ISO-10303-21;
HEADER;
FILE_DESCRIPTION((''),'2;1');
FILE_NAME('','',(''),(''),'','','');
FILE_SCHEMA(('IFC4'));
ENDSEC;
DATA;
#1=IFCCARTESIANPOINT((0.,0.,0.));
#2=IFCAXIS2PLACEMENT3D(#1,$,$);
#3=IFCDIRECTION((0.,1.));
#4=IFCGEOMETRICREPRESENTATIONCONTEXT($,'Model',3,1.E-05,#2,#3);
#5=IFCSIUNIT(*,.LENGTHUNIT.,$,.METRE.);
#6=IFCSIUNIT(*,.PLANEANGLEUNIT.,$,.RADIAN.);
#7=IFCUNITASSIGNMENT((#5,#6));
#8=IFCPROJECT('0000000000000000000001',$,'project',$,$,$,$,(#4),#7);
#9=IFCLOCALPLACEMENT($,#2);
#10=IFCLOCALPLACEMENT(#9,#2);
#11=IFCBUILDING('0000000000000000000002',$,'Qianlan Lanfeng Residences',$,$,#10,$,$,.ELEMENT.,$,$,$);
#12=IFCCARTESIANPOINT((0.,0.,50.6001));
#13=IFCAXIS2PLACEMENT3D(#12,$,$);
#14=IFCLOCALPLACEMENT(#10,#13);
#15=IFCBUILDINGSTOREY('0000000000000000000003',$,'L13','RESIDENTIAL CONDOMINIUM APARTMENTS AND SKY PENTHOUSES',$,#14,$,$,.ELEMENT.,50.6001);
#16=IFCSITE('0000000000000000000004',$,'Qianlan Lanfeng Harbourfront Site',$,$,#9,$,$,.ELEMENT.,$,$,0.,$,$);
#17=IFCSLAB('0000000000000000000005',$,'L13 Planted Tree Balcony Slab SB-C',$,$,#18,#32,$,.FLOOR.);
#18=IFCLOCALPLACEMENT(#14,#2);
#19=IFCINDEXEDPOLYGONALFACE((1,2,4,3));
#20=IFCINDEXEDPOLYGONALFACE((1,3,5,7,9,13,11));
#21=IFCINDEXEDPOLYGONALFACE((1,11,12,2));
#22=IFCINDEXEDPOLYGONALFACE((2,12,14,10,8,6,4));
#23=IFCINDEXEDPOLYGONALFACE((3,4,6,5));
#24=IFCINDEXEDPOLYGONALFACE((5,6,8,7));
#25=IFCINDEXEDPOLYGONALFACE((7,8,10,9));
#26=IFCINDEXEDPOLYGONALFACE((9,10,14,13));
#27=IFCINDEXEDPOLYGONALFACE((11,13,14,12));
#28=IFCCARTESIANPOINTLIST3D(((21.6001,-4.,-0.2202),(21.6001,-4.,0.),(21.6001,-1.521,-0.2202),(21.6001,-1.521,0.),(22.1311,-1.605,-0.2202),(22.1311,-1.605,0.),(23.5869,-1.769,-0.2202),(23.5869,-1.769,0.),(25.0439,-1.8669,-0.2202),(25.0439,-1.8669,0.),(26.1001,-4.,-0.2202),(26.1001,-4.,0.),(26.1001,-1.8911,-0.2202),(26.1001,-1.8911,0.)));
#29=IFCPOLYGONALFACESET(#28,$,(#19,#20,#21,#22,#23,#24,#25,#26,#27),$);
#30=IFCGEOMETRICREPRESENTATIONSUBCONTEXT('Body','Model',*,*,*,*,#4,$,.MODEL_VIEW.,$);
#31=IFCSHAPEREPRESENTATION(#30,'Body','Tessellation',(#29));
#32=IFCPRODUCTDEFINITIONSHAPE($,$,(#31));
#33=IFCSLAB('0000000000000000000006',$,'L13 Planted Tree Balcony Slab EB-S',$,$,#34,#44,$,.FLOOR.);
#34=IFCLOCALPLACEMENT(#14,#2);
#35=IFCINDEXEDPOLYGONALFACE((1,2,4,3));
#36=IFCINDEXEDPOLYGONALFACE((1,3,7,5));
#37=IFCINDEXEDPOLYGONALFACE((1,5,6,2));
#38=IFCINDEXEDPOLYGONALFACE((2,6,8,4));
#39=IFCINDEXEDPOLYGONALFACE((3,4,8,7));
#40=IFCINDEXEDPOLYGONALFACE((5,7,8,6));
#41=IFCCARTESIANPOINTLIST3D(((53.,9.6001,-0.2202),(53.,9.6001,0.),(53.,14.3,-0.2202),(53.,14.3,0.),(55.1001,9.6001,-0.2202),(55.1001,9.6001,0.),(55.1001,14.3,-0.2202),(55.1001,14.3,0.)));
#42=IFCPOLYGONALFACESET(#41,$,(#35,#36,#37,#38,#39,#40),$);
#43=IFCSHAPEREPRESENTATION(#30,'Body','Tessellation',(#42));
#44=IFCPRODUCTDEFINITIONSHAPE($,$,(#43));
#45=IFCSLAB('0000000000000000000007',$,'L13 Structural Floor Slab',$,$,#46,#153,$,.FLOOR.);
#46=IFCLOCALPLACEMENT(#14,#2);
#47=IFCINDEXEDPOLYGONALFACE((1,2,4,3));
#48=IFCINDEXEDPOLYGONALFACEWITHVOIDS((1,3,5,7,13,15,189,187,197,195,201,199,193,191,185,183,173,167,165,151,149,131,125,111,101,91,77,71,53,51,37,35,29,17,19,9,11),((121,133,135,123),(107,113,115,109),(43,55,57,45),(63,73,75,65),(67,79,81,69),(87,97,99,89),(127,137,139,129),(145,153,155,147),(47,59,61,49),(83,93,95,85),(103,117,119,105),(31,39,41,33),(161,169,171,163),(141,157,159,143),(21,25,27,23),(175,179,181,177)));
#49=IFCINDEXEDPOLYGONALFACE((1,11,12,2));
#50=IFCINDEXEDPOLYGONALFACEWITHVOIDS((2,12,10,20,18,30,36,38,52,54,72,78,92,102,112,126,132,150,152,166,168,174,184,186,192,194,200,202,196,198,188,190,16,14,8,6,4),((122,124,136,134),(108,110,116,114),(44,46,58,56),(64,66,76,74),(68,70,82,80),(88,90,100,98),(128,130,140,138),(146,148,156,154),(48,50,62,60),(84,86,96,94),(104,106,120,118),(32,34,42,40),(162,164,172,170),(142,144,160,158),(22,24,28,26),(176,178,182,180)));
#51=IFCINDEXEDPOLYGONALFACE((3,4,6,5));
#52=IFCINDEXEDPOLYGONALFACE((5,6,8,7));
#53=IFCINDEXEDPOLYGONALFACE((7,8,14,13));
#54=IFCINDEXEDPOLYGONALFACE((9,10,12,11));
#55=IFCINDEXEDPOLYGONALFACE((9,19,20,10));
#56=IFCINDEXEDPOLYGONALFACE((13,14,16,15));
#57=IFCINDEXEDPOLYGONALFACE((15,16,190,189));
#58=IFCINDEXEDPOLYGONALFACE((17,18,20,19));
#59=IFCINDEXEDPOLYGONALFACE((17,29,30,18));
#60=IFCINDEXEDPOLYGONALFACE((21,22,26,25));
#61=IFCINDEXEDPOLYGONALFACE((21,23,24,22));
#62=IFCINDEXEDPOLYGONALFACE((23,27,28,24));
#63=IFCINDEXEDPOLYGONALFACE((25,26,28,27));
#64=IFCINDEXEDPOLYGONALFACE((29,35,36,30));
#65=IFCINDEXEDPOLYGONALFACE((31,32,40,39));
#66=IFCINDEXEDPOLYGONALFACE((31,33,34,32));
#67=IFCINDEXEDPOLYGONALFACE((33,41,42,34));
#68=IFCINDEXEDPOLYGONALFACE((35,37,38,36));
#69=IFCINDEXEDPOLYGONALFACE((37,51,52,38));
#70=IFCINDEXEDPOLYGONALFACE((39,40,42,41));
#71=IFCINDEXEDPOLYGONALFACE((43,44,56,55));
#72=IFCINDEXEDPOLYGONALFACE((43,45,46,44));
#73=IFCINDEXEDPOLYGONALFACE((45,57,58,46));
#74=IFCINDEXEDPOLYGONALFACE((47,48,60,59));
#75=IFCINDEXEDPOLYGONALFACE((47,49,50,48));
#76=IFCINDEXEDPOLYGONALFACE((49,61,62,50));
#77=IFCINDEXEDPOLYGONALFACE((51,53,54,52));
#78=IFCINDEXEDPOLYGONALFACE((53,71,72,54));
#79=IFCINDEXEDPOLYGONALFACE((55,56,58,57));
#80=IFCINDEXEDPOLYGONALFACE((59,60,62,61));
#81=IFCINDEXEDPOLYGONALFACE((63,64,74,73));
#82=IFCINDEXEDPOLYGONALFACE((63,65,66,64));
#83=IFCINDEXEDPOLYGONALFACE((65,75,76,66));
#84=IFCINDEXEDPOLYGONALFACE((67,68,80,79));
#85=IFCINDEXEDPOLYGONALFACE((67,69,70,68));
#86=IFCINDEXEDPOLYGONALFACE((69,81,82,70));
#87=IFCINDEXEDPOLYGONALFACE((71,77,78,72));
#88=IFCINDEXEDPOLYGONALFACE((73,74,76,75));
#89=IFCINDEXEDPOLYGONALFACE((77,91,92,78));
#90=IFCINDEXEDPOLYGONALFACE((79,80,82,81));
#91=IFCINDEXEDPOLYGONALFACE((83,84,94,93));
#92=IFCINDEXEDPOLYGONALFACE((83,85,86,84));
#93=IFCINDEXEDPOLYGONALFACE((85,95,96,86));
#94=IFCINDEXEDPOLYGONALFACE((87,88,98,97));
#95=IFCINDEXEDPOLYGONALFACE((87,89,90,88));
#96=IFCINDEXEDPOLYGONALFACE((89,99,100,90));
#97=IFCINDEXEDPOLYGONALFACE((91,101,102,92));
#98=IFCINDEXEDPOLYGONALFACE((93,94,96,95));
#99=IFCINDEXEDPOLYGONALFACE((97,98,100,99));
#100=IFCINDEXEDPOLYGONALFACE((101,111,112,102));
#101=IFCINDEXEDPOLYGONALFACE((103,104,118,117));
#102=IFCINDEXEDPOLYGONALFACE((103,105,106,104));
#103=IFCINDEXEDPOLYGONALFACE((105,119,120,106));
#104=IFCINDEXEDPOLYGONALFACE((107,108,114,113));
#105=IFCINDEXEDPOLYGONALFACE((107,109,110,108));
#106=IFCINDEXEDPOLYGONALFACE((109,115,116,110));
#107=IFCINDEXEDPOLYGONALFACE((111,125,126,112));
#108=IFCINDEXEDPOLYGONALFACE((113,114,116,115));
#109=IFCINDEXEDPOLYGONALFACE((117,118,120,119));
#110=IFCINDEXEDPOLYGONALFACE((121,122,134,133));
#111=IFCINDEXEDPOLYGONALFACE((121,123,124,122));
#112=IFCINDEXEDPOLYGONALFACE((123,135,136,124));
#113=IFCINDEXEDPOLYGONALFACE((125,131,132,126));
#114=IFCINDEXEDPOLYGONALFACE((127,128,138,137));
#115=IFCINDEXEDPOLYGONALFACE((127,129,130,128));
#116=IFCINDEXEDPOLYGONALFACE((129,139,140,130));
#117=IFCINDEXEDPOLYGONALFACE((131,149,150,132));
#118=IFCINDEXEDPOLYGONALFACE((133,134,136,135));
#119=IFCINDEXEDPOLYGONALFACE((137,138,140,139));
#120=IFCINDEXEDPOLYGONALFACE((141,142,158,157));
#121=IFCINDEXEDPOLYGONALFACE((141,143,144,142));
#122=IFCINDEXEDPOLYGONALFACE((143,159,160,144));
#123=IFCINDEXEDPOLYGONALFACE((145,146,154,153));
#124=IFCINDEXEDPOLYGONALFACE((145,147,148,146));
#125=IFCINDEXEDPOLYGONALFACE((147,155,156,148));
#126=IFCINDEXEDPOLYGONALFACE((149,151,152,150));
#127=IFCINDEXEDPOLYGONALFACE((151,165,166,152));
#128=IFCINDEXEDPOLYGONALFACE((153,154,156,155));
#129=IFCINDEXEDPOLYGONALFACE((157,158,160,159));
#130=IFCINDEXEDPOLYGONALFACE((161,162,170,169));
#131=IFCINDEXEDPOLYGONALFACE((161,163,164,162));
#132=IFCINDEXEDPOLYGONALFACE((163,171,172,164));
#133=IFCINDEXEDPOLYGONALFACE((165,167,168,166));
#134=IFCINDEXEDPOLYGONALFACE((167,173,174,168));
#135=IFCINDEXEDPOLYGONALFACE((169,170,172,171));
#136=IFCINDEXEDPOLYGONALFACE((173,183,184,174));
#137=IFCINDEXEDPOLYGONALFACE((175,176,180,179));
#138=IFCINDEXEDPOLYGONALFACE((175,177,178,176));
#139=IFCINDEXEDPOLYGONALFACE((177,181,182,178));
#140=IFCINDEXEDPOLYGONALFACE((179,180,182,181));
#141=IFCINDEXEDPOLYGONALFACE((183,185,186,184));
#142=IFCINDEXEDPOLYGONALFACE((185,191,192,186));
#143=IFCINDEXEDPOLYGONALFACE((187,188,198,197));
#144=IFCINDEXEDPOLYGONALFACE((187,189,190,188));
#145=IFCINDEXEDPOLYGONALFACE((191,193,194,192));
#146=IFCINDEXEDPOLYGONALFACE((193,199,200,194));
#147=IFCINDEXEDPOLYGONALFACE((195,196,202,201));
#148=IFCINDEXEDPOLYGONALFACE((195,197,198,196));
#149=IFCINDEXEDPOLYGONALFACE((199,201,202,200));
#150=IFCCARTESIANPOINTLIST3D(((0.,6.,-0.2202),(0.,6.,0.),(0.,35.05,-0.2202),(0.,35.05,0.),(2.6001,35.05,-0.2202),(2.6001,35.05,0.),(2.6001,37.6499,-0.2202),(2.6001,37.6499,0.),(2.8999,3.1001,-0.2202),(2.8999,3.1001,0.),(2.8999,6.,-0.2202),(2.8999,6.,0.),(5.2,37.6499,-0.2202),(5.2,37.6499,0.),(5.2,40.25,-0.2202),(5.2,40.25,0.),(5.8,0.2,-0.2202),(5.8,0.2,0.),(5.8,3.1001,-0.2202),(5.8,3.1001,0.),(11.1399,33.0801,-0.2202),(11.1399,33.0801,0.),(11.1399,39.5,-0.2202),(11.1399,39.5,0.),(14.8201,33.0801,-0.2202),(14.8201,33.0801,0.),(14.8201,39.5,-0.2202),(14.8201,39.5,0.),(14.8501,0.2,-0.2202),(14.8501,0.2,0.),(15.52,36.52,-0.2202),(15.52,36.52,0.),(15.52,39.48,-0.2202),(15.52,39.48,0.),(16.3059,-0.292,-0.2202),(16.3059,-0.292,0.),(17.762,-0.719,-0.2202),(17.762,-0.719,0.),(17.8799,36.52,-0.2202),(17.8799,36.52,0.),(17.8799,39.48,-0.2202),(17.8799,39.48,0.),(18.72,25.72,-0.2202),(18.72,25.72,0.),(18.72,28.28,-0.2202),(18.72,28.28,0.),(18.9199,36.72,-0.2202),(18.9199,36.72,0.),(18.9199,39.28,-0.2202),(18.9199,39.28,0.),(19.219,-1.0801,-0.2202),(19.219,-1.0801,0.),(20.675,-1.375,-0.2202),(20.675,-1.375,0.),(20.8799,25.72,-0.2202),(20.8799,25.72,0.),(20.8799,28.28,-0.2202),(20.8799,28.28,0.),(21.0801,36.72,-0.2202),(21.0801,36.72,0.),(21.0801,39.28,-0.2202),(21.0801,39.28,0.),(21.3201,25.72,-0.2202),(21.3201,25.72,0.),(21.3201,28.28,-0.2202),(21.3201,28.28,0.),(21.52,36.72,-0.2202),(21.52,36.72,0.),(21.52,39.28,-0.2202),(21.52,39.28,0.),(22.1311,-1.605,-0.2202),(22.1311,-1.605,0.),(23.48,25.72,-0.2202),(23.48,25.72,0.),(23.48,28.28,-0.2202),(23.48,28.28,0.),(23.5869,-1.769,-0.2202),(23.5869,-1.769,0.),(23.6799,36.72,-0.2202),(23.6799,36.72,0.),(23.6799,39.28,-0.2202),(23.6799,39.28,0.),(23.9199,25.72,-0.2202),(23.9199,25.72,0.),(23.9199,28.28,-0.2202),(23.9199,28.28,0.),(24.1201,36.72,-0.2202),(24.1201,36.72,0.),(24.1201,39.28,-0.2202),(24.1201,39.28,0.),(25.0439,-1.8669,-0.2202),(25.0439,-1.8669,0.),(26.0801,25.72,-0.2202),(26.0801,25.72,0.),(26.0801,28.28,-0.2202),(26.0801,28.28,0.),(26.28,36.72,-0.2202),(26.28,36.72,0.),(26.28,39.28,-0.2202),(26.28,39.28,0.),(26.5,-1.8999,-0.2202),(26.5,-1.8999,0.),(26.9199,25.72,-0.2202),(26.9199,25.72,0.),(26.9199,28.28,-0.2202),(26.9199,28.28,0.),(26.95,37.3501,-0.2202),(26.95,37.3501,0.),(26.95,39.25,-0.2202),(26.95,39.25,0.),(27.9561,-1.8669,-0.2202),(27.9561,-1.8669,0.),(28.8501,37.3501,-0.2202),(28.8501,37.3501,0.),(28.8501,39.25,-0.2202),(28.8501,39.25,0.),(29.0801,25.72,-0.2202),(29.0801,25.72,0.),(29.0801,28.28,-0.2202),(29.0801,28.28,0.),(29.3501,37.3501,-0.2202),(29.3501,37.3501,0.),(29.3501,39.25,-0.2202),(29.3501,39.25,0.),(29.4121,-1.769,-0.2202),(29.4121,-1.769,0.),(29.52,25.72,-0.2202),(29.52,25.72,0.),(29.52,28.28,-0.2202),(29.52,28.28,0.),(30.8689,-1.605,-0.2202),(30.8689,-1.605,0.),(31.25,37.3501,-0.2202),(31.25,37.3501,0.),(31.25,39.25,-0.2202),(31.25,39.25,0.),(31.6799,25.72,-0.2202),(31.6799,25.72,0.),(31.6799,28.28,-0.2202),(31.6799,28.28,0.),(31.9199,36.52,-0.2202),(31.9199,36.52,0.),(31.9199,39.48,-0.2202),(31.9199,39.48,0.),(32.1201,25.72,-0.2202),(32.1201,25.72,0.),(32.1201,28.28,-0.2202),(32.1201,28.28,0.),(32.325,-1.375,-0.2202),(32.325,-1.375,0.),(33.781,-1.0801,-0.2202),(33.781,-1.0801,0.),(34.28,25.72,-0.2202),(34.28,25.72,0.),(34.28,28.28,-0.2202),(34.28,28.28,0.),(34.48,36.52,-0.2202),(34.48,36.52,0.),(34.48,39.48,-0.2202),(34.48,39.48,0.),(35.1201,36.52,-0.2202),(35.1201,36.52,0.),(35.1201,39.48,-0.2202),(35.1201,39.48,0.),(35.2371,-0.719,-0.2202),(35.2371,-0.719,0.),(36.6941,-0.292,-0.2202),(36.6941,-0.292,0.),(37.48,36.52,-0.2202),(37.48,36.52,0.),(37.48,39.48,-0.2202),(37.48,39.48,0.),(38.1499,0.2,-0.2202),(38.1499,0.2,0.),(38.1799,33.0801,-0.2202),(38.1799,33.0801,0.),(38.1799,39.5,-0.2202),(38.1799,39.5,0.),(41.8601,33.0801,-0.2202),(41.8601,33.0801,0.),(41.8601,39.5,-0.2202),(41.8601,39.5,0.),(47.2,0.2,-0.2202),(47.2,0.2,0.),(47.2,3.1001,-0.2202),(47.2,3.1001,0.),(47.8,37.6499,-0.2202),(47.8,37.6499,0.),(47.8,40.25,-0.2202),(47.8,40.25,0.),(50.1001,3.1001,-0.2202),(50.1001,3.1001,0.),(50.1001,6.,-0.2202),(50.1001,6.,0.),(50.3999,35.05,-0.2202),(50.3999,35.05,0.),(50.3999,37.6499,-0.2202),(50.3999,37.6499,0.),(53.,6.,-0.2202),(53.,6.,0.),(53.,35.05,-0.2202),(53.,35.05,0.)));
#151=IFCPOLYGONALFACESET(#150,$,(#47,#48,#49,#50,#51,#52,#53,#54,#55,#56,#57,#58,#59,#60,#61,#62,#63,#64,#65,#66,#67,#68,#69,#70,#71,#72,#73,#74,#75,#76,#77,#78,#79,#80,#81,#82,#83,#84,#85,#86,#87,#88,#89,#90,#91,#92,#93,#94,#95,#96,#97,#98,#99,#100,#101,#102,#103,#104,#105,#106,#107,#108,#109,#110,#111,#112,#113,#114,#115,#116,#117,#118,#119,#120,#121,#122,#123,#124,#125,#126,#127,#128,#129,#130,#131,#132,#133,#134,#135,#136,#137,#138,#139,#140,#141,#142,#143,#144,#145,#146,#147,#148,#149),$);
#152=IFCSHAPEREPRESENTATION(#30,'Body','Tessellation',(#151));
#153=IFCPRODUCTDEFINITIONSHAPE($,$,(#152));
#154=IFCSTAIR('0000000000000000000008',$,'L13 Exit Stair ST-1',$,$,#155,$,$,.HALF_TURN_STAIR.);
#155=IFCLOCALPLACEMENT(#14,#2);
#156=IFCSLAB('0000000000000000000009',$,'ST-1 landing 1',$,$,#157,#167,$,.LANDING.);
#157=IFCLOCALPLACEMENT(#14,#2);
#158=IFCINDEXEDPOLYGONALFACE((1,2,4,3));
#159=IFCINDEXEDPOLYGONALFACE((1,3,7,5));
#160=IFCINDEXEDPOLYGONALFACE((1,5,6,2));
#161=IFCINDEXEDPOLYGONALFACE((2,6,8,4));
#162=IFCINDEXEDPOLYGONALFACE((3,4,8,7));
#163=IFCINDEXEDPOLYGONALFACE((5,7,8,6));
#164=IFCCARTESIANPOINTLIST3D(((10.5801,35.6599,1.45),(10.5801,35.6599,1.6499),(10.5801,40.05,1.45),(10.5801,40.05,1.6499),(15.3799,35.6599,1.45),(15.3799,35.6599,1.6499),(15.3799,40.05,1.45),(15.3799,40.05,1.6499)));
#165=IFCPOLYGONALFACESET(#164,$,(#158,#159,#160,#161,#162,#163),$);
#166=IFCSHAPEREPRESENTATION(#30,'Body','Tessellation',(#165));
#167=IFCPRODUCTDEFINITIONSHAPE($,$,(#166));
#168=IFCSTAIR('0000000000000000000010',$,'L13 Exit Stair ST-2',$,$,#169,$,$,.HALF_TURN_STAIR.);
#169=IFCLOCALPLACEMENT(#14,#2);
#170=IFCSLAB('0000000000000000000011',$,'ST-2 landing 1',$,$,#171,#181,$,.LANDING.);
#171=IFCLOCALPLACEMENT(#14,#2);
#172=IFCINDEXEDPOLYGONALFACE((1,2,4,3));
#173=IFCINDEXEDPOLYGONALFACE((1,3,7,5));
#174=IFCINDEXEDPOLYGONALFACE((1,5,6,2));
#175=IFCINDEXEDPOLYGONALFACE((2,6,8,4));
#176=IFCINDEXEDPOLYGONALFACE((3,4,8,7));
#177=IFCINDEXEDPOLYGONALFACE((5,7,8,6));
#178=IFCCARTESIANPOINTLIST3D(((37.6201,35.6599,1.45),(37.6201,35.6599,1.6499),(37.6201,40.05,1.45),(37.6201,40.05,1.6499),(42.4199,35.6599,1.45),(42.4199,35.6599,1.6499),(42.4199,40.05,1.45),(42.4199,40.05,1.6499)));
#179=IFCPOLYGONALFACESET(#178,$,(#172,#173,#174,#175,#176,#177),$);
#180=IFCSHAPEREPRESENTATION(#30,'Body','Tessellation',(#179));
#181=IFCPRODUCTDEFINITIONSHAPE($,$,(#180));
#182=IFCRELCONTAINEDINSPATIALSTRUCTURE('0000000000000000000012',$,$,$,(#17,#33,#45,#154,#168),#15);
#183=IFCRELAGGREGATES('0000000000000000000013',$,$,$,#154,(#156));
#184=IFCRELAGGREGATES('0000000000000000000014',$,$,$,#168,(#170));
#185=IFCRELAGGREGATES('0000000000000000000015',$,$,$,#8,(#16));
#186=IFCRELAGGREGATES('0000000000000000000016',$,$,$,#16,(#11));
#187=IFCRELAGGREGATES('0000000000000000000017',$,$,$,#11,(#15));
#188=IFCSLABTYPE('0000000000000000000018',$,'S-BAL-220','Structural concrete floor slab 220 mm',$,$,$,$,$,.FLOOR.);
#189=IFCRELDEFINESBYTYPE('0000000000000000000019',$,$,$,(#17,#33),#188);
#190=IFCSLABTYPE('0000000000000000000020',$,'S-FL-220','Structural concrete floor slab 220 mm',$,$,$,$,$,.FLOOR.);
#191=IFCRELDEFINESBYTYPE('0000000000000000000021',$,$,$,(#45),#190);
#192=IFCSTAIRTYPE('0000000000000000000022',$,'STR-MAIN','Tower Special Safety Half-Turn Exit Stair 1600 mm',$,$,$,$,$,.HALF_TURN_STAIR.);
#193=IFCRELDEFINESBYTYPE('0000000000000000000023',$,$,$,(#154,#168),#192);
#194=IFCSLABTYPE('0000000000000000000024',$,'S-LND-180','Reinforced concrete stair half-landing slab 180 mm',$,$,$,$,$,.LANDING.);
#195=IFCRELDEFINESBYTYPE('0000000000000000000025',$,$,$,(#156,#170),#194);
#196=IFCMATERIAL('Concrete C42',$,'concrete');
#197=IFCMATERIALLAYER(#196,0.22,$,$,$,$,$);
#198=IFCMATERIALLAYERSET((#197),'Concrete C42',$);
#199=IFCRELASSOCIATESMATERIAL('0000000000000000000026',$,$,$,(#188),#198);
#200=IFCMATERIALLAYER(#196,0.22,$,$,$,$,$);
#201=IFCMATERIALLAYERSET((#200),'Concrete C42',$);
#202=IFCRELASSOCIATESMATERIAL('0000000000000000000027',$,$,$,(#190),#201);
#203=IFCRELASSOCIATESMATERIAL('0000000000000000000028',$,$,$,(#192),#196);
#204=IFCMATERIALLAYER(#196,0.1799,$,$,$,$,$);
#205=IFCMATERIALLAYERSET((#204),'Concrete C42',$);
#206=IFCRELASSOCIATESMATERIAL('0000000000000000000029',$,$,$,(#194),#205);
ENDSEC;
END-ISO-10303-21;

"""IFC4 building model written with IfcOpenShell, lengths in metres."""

from ifc_helpers import new_model, si_unit, direction, frame, origin, place, context, subcontext, project, spatial, polyline, outline, extrude, material, layer, layer_set, type_object, element, aggregate, save


model = new_model("IFC4")

# Units and contexts
model_context = context("Model", 3, precision=1e-05, world=origin(), true_north=direction((0.0, 1.0)))
body_context = subcontext(model_context, "Body", "Model", "MODEL_VIEW")
ifc_project = project(units=[si_unit("LENGTHUNIT", "METRE"), si_unit("PLANEANGLEUNIT", "RADIAN")], contexts=[model_context])

# Site, building, storey
site_placement = place(None, origin())
site = spatial("IfcSite", under=ifc_project, at=site_placement, Name="Qianlan Lanfeng Harbourfront Site", CompositionType="ELEMENT", RefElevation=0.0)
building_placement = place(site_placement, origin())
building = spatial("IfcBuilding", under=site, at=building_placement, Name="Qianlan Lanfeng Residences", CompositionType="ELEMENT")
storey_placement = place(building_placement, frame((0.0, 0.0, 50.6001)))
storey = spatial("IfcBuildingStorey", under=building, at=storey_placement, Name="L13", Description="RESIDENTIAL CONDOMINIUM APARTMENTS AND SKY PENTHOUSES", CompositionType="ELEMENT", Elevation=50.6001)

# Slabs
ifc_material_1 = material(Name="Concrete C42", Category="concrete")
ifc_layer_1 = layer(ifc_material_1, 0.22)
ifc_layer_set_1 = layer_set([ifc_layer_1], Name="Concrete C42")
slab_type_1 = type_object("IfcSlabType", Name="S-BAL-220", Description="Structural concrete floor slab 220 mm", PredefinedType="FLOOR", material=ifc_layer_set_1)
slab_1_placement = place(storey_placement, frame((0.0, 0.0, -0.2202)))
element("IfcSlab", 1, at=slab_1_placement, inside=storey, type_object=slab_type_1, Name="L13 Planted Tree Balcony Slab SB-C", PredefinedType="FLOOR", context=body_context, shape_type="SweptSolid", body=[
    extrude(outline(polyline([(26.1001, -1.8911), (25.0439, -1.8669), (23.5869, -1.769), (22.1311, -1.605), (21.6001, -1.521), (21.6001, -4.0), (26.1001, -4.0), (26.1001, -1.8911)])), origin(), (0.0, 0.0, 1.0), 0.2202),
])
slab_2_placement = place(storey_placement, frame((0.0, 0.0, -0.2202)))
element("IfcSlab", 2, at=slab_2_placement, inside=storey, type_object=slab_type_1, Name="L13 Planted Tree Balcony Slab EB-S", PredefinedType="FLOOR", context=body_context, shape_type="SweptSolid", body=[
    extrude(outline(polyline([(53.0, 14.3), (53.0, 9.6001), (55.1001, 9.6001), (55.1001, 14.3), (53.0, 14.3)])), origin(), (0.0, 0.0, 1.0), 0.2202),
])
ifc_layer_2 = layer(ifc_material_1, 0.22)
ifc_layer_set_2 = layer_set([ifc_layer_2], Name="Concrete C42")
slab_type_2 = type_object("IfcSlabType", Name="S-FL-220", Description="Structural concrete floor slab 220 mm", PredefinedType="FLOOR", material=ifc_layer_set_2)
slab_3_placement = place(storey_placement, frame((0.0, 0.0, -0.2202)))
element("IfcSlab", 3, at=slab_3_placement, inside=storey, type_object=slab_type_2, Name="L13 Structural Floor Slab", PredefinedType="FLOOR", context=body_context, shape_type="SweptSolid", body=[
    extrude(outline(polyline([(0.0, 6.0), (2.8999, 6.0), (2.8999, 3.1001), (5.8, 3.1001), (5.8, 0.2), (14.8501, 0.2), (16.3059, -0.292), (17.762, -0.719), (19.219, -1.0801), (20.675, -1.375), (22.1311, -1.605), (23.5869, -1.769), (25.0439, -1.8669), (26.5, -1.8999), (27.9561, -1.8669), (29.4121, -1.769), (30.8689, -1.605), (32.325, -1.375), (33.781, -1.0801), (35.2371, -0.719), (36.6941, -0.292), (38.1499, 0.2), (47.2, 0.2), (47.2, 3.1001), (50.1001, 3.1001), (50.1001, 6.0), (53.0, 6.0), (53.0, 35.05), (50.3999, 35.05), (50.3999, 37.6499), (47.8, 37.6499), (47.8, 40.25), (5.2, 40.25), (5.2, 37.6499), (2.6001, 37.6499), (2.6001, 35.05), (0.0, 35.05), (0.0, 6.0)]), holes=[polyline([(11.1399, 33.0801), (11.1399, 39.5), (14.8201, 39.5), (14.8201, 33.0801), (11.1399, 33.0801)]), polyline([(38.1799, 33.0801), (38.1799, 39.5), (41.8601, 39.5), (41.8601, 33.0801), (38.1799, 33.0801)]), polyline([(15.52, 36.52), (15.52, 39.48), (17.8799, 39.48), (17.8799, 36.52), (15.52, 36.52)]), polyline([(35.1201, 36.52), (35.1201, 39.48), (37.48, 39.48), (37.48, 36.52), (35.1201, 36.52)]), polyline([(31.9199, 36.52), (31.9199, 39.48), (34.48, 39.48), (34.48, 36.52), (31.9199, 36.52)]), polyline([(18.72, 25.72), (18.72, 28.28), (20.8799, 28.28), (20.8799, 25.72), (18.72, 25.72)]), polyline([(21.3201, 25.72), (21.3201, 28.28), (23.48, 28.28), (23.48, 25.72), (21.3201, 25.72)]), polyline([(23.9199, 25.72), (23.9199, 28.28), (26.0801, 28.28), (26.0801, 25.72), (23.9199, 25.72)]), polyline([(26.9199, 25.72), (26.9199, 28.28), (29.0801, 28.28), (29.0801, 25.72), (26.9199, 25.72)]), polyline([(29.52, 25.72), (29.52, 28.28), (31.6799, 28.28), (31.6799, 25.72), (29.52, 25.72)]), polyline([(32.1201, 25.72), (32.1201, 28.28), (34.28, 28.28), (34.28, 25.72), (32.1201, 25.72)]), polyline([(18.9199, 36.72), (18.9199, 39.28), (21.0801, 39.28), (21.0801, 36.72), (18.9199, 36.72)]), polyline([(21.52, 36.72), (21.52, 39.28), (23.6799, 39.28), (23.6799, 36.72), (21.52, 36.72)]), polyline([(24.1201, 36.72), (24.1201, 39.28), (26.28, 39.28), (26.28, 36.72), (24.1201, 36.72)]), polyline([(26.95, 37.3501), (26.95, 39.25), (28.8501, 39.25), (28.8501, 37.3501), (26.95, 37.3501)]), polyline([(29.3501, 37.3501), (29.3501, 39.25), (31.25, 39.25), (31.25, 37.3501), (29.3501, 37.3501)])]), origin(), (0.0, 0.0, 1.0), 0.2202),
])

# Stairs, slabs
stair_type = type_object("IfcStairType", Name="STR-MAIN", Description="Tower Special Safety Half-Turn Exit Stair 1600 mm", PredefinedType="HALF_TURN_STAIR", material=ifc_material_1)
stair_1_placement = place(storey_placement, origin())
stair_1 = element("IfcStair", 4, at=stair_1_placement, inside=storey, type_object=stair_type, Name="L13 Exit Stair ST-1", PredefinedType="HALF_TURN_STAIR")
ifc_layer_3 = layer(ifc_material_1, 0.1799)
ifc_layer_set_3 = layer_set([ifc_layer_3], Name="Concrete C42")
slab_type_3 = type_object("IfcSlabType", Name="S-LND-180", Description="Reinforced concrete stair half-landing slab 180 mm", PredefinedType="LANDING", material=ifc_layer_set_3)
slab_4_placement = place(storey_placement, frame((0.0, 0.0, 1.45)))
slab_4 = element("IfcSlab", 5, at=slab_4_placement, type_object=slab_type_3, Name="ST-1 landing 1", PredefinedType="LANDING", context=body_context, shape_type="SweptSolid", body=[
    extrude(outline(polyline([(10.5801, 35.6599), (15.3799, 35.6599), (15.3799, 40.05), (10.5801, 40.05), (10.5801, 35.6599)])), origin(), (0.0, 0.0, 1.0), 0.2),
])
aggregate(stair_1, [slab_4])
stair_2_placement = place(storey_placement, origin())
stair_2 = element("IfcStair", 6, at=stair_2_placement, inside=storey, type_object=stair_type, Name="L13 Exit Stair ST-2", PredefinedType="HALF_TURN_STAIR")
slab_5_placement = place(storey_placement, frame((0.0, 0.0, 1.45)))
slab_5 = element("IfcSlab", 7, at=slab_5_placement, type_object=slab_type_3, Name="ST-2 landing 1", PredefinedType="LANDING", context=body_context, shape_type="SweptSolid", body=[
    extrude(outline(polyline([(37.6201, 35.6599), (42.4199, 35.6599), (42.4199, 40.05), (37.6201, 40.05), (37.6201, 35.6599)])), origin(), (0.0, 0.0, 1.0), 0.2),
])
aggregate(stair_2, [slab_5])

save(model, "model.ifc")
